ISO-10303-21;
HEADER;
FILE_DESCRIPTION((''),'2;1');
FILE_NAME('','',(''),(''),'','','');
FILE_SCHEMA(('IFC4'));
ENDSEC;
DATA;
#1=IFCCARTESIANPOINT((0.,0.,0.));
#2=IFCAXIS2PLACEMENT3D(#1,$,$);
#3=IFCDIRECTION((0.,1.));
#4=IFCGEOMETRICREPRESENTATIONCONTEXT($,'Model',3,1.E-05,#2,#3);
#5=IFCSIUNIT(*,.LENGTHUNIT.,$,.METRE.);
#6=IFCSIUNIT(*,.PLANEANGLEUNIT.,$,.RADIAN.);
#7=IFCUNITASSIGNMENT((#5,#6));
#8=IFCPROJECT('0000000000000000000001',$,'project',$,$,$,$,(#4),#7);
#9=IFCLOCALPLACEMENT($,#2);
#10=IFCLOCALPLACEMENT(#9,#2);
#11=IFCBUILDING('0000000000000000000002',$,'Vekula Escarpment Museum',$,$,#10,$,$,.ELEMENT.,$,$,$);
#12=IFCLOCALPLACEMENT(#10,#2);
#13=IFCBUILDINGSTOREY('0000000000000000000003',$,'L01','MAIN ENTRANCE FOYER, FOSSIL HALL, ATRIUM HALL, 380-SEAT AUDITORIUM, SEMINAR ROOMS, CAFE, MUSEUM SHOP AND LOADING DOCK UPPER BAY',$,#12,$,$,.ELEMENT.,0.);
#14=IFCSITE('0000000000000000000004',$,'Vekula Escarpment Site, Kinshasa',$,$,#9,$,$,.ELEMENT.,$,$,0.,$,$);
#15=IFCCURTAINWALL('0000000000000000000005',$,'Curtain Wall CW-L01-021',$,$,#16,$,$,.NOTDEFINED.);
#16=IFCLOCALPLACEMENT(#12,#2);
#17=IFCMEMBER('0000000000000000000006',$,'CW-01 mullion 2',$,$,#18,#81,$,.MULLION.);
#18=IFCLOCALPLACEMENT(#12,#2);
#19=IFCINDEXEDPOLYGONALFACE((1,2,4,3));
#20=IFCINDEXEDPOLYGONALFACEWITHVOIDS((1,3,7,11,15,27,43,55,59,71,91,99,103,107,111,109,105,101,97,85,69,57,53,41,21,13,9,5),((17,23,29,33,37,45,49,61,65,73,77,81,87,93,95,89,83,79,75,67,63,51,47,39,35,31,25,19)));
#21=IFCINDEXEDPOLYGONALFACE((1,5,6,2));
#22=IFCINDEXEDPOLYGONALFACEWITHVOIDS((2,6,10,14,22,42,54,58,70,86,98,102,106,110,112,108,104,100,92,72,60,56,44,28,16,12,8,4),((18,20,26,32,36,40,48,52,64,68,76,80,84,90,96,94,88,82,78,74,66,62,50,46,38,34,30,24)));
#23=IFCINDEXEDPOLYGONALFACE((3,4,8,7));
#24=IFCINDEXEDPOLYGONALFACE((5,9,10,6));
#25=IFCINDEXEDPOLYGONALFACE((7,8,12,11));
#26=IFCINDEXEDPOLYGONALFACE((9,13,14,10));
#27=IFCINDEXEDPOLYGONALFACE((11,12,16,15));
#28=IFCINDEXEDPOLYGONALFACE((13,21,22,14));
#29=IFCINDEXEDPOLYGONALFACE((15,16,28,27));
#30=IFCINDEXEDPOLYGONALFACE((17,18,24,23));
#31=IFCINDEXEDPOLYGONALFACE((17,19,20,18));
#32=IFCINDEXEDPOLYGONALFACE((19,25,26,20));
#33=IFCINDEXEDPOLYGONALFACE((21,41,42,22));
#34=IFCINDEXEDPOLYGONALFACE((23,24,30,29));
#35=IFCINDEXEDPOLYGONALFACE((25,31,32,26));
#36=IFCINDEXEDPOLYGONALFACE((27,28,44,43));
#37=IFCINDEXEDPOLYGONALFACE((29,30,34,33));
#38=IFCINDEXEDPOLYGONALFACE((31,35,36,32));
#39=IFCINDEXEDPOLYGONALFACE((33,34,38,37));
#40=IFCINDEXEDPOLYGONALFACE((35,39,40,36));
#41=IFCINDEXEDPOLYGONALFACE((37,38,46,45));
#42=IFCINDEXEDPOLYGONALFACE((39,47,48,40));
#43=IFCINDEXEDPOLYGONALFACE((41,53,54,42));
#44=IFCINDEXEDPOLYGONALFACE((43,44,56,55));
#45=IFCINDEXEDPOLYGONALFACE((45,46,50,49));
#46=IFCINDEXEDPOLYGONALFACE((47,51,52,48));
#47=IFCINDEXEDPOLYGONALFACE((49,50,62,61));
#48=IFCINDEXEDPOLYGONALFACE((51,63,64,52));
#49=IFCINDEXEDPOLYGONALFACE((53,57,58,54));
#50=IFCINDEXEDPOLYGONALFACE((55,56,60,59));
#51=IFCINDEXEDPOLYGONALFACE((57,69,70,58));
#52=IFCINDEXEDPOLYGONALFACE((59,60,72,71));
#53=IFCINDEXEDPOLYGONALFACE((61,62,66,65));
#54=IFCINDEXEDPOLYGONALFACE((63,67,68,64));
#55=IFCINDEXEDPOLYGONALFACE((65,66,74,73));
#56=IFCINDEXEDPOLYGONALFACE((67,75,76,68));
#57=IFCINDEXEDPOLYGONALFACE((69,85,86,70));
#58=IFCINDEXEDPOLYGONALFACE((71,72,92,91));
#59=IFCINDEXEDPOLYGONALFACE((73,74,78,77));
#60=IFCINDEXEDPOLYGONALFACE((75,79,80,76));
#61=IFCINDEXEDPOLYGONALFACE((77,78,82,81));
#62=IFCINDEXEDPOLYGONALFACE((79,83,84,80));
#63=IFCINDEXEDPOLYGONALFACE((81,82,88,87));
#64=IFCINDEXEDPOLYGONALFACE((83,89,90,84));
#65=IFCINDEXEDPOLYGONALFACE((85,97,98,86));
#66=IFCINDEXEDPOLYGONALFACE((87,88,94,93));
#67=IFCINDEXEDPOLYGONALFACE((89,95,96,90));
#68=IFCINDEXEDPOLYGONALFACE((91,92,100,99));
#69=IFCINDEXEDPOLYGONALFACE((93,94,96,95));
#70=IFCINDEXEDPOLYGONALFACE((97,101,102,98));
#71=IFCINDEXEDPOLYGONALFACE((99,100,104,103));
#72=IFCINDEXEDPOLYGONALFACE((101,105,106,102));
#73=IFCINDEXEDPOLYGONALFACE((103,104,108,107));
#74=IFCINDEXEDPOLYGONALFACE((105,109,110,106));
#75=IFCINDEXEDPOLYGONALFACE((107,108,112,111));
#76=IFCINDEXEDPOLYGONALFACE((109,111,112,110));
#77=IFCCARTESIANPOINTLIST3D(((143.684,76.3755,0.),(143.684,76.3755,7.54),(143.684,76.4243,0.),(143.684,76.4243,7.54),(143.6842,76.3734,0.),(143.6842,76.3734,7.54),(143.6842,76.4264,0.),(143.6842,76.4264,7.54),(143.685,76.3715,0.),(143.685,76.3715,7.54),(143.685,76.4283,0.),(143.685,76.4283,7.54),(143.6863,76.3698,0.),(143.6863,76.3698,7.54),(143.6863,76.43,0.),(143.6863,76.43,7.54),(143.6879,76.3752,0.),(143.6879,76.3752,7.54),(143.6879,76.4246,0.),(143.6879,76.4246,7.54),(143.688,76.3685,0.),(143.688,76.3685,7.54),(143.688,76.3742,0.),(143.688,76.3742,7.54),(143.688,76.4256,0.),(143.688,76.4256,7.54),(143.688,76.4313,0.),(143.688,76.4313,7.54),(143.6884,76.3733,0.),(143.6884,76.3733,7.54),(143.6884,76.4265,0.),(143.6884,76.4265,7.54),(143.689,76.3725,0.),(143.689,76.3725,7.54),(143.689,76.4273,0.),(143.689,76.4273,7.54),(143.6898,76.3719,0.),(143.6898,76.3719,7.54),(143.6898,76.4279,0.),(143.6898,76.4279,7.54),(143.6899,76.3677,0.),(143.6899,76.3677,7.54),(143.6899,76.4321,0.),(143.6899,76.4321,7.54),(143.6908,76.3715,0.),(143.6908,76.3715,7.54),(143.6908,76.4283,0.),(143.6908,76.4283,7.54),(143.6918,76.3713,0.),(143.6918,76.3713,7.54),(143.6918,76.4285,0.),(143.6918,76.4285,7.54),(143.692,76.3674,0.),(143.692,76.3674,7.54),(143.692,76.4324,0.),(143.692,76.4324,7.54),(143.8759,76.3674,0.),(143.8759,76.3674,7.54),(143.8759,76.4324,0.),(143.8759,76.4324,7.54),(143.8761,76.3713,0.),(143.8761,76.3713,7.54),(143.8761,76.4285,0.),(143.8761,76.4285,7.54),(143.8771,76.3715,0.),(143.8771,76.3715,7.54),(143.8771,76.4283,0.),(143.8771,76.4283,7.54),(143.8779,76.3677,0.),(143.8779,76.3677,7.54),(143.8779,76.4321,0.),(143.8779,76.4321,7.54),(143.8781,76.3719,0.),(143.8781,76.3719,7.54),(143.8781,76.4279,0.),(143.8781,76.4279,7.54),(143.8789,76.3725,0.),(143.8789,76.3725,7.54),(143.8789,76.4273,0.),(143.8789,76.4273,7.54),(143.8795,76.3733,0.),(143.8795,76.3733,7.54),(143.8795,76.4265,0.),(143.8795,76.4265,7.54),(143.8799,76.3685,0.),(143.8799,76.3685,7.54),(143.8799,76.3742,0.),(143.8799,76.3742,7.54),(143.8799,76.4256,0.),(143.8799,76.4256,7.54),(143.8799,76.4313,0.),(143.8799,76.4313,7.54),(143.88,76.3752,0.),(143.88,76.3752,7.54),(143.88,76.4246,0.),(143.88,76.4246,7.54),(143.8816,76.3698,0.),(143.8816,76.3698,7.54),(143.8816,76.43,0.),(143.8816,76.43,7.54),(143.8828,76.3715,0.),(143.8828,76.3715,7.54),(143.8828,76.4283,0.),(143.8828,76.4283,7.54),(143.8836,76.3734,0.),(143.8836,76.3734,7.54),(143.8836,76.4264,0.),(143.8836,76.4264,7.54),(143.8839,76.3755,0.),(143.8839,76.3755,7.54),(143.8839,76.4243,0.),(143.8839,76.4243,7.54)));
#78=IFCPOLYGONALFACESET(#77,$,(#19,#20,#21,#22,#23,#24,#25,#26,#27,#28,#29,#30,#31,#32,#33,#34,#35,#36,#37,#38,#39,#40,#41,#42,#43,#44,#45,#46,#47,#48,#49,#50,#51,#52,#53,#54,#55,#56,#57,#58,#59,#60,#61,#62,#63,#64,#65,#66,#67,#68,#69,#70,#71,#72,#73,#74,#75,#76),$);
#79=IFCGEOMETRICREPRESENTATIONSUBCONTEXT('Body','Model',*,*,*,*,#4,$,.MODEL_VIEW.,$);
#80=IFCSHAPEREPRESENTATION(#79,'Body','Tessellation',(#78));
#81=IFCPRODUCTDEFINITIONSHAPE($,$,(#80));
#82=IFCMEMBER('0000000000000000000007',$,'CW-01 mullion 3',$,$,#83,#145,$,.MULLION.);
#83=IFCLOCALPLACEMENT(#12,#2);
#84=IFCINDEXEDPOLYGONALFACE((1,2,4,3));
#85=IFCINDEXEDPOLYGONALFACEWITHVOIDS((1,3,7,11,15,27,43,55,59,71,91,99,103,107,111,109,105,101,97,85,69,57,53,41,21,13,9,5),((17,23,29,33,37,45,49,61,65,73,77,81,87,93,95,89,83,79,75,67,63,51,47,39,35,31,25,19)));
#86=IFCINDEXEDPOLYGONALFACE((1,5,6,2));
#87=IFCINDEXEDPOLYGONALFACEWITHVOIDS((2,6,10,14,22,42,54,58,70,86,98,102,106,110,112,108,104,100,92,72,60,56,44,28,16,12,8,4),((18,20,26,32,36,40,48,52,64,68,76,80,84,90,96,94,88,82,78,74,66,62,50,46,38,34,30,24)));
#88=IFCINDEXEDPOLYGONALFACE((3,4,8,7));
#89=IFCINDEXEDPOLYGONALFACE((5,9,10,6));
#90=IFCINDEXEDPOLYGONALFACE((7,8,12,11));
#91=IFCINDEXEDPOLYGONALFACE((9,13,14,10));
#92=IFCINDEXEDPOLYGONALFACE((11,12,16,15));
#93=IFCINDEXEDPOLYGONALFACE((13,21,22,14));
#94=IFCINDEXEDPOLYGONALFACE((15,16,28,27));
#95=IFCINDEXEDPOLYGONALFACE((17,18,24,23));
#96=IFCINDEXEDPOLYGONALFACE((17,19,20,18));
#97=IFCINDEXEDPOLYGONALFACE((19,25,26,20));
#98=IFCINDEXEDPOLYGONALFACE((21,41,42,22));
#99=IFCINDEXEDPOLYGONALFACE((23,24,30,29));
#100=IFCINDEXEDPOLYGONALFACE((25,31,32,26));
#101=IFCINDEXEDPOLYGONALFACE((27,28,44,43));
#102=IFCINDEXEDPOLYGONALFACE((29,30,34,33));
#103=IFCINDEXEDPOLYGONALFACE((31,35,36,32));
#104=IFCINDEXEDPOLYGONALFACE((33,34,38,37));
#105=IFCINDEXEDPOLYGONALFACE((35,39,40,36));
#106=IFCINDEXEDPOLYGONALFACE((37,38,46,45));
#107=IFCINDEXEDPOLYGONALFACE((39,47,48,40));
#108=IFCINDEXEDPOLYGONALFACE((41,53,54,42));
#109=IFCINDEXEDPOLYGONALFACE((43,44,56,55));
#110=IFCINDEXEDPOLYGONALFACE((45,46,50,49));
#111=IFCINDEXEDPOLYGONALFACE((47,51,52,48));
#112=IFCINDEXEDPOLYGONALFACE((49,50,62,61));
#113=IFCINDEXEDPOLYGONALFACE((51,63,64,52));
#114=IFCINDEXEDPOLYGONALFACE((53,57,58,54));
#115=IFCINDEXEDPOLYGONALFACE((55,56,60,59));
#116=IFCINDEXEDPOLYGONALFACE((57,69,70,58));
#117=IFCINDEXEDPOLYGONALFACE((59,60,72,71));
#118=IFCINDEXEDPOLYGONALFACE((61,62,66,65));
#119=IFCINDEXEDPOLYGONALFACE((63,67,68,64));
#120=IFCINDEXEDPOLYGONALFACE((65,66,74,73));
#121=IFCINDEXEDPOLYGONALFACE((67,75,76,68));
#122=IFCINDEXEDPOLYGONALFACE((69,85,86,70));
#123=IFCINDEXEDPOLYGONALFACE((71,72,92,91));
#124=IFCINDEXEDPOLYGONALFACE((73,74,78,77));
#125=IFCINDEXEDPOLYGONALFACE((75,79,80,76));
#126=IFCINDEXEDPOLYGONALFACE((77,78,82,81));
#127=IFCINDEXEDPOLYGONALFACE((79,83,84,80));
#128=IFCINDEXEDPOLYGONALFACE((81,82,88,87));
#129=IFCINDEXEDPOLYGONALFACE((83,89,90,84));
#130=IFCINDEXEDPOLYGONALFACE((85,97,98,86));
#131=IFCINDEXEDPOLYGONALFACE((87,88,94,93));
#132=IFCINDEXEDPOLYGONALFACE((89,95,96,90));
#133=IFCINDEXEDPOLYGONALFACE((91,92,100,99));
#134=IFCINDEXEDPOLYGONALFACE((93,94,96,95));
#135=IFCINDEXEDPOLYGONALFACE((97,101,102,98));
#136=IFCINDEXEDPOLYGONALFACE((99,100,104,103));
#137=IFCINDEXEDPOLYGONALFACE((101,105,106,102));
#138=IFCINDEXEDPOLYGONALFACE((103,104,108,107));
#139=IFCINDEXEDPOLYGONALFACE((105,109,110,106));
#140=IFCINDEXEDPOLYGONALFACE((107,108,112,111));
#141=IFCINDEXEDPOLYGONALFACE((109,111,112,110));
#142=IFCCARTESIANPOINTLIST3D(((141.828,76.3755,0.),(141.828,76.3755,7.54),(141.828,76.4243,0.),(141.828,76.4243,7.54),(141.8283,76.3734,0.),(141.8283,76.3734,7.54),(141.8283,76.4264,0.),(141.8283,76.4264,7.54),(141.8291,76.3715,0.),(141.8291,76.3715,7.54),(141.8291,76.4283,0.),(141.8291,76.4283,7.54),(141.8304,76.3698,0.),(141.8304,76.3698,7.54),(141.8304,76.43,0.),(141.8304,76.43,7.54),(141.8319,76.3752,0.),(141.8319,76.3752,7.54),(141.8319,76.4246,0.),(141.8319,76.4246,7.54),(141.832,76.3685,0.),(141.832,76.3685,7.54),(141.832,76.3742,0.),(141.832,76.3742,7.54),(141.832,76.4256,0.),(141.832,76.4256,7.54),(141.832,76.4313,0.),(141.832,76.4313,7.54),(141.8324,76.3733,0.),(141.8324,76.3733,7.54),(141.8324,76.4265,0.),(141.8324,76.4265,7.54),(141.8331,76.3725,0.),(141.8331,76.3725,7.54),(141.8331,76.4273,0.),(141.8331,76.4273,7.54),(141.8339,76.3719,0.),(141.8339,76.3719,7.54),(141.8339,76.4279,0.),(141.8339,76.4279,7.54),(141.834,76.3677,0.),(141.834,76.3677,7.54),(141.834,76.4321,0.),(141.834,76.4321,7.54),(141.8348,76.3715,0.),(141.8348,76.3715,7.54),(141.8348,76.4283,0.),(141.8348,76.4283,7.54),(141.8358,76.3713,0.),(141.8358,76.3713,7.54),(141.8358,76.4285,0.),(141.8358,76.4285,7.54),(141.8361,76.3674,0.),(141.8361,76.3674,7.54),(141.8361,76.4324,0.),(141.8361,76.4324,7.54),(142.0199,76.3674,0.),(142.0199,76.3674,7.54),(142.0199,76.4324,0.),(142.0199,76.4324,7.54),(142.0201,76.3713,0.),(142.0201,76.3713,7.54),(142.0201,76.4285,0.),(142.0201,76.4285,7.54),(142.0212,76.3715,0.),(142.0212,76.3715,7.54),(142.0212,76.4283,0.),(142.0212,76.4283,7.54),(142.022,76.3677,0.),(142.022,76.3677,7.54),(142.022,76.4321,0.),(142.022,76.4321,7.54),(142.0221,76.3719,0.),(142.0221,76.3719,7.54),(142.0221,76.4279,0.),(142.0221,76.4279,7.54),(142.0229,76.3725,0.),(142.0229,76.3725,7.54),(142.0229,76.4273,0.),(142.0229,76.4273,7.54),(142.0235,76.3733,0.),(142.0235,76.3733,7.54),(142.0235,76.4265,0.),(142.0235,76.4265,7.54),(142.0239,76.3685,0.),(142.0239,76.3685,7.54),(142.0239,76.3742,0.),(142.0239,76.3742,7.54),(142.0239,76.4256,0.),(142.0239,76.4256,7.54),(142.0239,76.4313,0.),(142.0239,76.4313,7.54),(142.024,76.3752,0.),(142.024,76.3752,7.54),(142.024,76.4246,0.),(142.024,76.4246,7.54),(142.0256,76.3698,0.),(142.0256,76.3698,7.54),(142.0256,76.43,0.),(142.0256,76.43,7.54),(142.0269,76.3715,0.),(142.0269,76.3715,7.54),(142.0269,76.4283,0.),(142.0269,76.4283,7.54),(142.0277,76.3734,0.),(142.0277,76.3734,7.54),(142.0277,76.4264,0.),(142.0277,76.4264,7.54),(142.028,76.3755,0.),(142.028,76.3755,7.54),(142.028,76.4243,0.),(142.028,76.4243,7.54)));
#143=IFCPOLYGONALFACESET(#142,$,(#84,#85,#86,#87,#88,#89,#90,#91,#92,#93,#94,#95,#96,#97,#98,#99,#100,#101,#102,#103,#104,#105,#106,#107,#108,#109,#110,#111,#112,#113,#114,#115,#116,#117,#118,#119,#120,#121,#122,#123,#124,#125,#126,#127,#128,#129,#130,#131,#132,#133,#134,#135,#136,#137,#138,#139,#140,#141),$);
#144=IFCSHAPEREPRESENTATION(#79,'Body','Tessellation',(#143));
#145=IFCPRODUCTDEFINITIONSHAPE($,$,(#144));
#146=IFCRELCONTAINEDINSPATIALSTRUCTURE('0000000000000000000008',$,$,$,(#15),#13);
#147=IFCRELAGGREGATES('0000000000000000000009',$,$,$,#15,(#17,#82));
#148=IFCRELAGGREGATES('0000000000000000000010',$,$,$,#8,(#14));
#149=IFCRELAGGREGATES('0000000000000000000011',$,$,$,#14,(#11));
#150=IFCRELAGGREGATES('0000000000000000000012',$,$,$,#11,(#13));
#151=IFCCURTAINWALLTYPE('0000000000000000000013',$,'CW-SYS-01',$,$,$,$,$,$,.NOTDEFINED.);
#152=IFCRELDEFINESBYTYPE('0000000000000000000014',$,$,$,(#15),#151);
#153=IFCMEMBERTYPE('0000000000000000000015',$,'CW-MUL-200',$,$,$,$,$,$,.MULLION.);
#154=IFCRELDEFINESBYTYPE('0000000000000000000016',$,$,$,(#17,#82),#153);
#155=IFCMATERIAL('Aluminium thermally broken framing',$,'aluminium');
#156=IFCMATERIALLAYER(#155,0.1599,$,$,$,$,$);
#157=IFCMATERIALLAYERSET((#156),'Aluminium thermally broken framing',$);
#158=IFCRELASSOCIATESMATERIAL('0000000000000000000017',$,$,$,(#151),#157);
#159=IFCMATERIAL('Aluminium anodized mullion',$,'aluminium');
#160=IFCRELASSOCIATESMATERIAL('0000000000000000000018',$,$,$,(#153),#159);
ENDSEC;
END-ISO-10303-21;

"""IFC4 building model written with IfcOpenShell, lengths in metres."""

from ifc_helpers import new_model, si_unit, direction, frame, origin, origin_2d, place, context, subcontext, project, spatial, hollow_rectangle, extrude, material, layer, layer_set, material_profile, profile_set, type_object, element, aggregate, save


model = new_model("IFC4")

# Units and contexts
model_context = context("Model", 3, precision=1e-05, world=origin(), true_north=direction((0.0, 1.0)))
body_context = subcontext(model_context, "Body", "Model", "MODEL_VIEW")
ifc_project = project(units=[si_unit("LENGTHUNIT", "METRE"), si_unit("PLANEANGLEUNIT", "RADIAN")], contexts=[model_context])

# Site, building, storey
site_placement = place(None, origin())
site = spatial("IfcSite", under=ifc_project, at=site_placement, Name="Vekula Escarpment Site, Kinshasa", CompositionType="ELEMENT", RefElevation=0.0)
building_placement = place(site_placement, origin())
building = spatial("IfcBuilding", under=site, at=building_placement, Name="Vekula Escarpment Museum", CompositionType="ELEMENT")
storey_placement = place(building_placement, origin())
storey = spatial("IfcBuildingStorey", under=building, at=storey_placement, Name="L01", Description="MAIN ENTRANCE FOYER, FOSSIL HALL, ATRIUM HALL, 380-SEAT AUDITORIUM, SEMINAR ROOMS, CAFE, MUSEUM SHOP AND LOADING DOCK UPPER BAY", CompositionType="ELEMENT", Elevation=0.0)

# Curtain wall, members
ifc_material_1 = material(Name="Aluminium thermally broken framing", Category="aluminium")
ifc_layer_1 = layer(ifc_material_1, 0.1599)
ifc_layer_set_1 = layer_set([ifc_layer_1], Name="Aluminium thermally broken framing")
curtain_wall_type = type_object("IfcCurtainWallType", Name="CW-SYS-01", PredefinedType="NOTDEFINED", material=ifc_layer_set_1)
curtain_wall_placement = place(storey_placement, origin())
curtain_wall = element("IfcCurtainWall", 1, at=curtain_wall_placement, inside=storey, type_object=curtain_wall_type, Name="Curtain Wall CW-L01-021", PredefinedType="NOTDEFINED")
ifc_material_2 = material(Name="Aluminium anodized mullion", Category="aluminium")
ifc_material_profile_1 = material_profile(ifc_material_2, hollow_rectangle(XDim=0.0649, YDim=0.2, WallThickness=0.0039, InnerFilletRadius=0.0039, OuterFilletRadius=0.0081, at=origin_2d()), Name="ALU 200x65x4")
ifc_profile_set_1 = profile_set([ifc_material_profile_1], Name="Aluminium anodized mullion")
member_type_1 = type_object("IfcMemberType", Name="CW-MUL-200", PredefinedType="MULLION", material=ifc_profile_set_1)
member_1_placement = place(storey_placement, frame((143.7839, 76.3999, 0.0), z_axis=(0.0, 0.0, 1.0), x_axis=(0.0, -1.0, 0.0)))
member_1 = element("IfcMember", 2, at=member_1_placement, type_object=member_type_1, Name="CW-01 mullion 2", PredefinedType="MULLION", context=body_context, shape_type="SweptSolid", body=[
    extrude(hollow_rectangle(XDim=0.0649, YDim=0.2, WallThickness=0.0039, InnerFilletRadius=0.0039, OuterFilletRadius=0.0081, at=origin_2d()), origin(), (0.0, 0.0, 1.0), 7.54),
])
member_2_placement = place(storey_placement, frame((141.928, 76.3999, 0.0), z_axis=(0.0, 0.0, 1.0), x_axis=(0.0, -1.0, 0.0)))
member_2 = element("IfcMember", 3, at=member_2_placement, type_object=member_type_1, Name="CW-01 mullion 3", PredefinedType="MULLION", context=body_context, shape_type="SweptSolid", body=[
    extrude(hollow_rectangle(XDim=0.0649, YDim=0.2, WallThickness=0.0039, InnerFilletRadius=0.0039, OuterFilletRadius=0.0081, at=origin_2d()), origin(), (0.0, 0.0, 1.0), 7.54),
])
aggregate(curtain_wall, [member_1, member_2])

save(model, "model.ifc")
